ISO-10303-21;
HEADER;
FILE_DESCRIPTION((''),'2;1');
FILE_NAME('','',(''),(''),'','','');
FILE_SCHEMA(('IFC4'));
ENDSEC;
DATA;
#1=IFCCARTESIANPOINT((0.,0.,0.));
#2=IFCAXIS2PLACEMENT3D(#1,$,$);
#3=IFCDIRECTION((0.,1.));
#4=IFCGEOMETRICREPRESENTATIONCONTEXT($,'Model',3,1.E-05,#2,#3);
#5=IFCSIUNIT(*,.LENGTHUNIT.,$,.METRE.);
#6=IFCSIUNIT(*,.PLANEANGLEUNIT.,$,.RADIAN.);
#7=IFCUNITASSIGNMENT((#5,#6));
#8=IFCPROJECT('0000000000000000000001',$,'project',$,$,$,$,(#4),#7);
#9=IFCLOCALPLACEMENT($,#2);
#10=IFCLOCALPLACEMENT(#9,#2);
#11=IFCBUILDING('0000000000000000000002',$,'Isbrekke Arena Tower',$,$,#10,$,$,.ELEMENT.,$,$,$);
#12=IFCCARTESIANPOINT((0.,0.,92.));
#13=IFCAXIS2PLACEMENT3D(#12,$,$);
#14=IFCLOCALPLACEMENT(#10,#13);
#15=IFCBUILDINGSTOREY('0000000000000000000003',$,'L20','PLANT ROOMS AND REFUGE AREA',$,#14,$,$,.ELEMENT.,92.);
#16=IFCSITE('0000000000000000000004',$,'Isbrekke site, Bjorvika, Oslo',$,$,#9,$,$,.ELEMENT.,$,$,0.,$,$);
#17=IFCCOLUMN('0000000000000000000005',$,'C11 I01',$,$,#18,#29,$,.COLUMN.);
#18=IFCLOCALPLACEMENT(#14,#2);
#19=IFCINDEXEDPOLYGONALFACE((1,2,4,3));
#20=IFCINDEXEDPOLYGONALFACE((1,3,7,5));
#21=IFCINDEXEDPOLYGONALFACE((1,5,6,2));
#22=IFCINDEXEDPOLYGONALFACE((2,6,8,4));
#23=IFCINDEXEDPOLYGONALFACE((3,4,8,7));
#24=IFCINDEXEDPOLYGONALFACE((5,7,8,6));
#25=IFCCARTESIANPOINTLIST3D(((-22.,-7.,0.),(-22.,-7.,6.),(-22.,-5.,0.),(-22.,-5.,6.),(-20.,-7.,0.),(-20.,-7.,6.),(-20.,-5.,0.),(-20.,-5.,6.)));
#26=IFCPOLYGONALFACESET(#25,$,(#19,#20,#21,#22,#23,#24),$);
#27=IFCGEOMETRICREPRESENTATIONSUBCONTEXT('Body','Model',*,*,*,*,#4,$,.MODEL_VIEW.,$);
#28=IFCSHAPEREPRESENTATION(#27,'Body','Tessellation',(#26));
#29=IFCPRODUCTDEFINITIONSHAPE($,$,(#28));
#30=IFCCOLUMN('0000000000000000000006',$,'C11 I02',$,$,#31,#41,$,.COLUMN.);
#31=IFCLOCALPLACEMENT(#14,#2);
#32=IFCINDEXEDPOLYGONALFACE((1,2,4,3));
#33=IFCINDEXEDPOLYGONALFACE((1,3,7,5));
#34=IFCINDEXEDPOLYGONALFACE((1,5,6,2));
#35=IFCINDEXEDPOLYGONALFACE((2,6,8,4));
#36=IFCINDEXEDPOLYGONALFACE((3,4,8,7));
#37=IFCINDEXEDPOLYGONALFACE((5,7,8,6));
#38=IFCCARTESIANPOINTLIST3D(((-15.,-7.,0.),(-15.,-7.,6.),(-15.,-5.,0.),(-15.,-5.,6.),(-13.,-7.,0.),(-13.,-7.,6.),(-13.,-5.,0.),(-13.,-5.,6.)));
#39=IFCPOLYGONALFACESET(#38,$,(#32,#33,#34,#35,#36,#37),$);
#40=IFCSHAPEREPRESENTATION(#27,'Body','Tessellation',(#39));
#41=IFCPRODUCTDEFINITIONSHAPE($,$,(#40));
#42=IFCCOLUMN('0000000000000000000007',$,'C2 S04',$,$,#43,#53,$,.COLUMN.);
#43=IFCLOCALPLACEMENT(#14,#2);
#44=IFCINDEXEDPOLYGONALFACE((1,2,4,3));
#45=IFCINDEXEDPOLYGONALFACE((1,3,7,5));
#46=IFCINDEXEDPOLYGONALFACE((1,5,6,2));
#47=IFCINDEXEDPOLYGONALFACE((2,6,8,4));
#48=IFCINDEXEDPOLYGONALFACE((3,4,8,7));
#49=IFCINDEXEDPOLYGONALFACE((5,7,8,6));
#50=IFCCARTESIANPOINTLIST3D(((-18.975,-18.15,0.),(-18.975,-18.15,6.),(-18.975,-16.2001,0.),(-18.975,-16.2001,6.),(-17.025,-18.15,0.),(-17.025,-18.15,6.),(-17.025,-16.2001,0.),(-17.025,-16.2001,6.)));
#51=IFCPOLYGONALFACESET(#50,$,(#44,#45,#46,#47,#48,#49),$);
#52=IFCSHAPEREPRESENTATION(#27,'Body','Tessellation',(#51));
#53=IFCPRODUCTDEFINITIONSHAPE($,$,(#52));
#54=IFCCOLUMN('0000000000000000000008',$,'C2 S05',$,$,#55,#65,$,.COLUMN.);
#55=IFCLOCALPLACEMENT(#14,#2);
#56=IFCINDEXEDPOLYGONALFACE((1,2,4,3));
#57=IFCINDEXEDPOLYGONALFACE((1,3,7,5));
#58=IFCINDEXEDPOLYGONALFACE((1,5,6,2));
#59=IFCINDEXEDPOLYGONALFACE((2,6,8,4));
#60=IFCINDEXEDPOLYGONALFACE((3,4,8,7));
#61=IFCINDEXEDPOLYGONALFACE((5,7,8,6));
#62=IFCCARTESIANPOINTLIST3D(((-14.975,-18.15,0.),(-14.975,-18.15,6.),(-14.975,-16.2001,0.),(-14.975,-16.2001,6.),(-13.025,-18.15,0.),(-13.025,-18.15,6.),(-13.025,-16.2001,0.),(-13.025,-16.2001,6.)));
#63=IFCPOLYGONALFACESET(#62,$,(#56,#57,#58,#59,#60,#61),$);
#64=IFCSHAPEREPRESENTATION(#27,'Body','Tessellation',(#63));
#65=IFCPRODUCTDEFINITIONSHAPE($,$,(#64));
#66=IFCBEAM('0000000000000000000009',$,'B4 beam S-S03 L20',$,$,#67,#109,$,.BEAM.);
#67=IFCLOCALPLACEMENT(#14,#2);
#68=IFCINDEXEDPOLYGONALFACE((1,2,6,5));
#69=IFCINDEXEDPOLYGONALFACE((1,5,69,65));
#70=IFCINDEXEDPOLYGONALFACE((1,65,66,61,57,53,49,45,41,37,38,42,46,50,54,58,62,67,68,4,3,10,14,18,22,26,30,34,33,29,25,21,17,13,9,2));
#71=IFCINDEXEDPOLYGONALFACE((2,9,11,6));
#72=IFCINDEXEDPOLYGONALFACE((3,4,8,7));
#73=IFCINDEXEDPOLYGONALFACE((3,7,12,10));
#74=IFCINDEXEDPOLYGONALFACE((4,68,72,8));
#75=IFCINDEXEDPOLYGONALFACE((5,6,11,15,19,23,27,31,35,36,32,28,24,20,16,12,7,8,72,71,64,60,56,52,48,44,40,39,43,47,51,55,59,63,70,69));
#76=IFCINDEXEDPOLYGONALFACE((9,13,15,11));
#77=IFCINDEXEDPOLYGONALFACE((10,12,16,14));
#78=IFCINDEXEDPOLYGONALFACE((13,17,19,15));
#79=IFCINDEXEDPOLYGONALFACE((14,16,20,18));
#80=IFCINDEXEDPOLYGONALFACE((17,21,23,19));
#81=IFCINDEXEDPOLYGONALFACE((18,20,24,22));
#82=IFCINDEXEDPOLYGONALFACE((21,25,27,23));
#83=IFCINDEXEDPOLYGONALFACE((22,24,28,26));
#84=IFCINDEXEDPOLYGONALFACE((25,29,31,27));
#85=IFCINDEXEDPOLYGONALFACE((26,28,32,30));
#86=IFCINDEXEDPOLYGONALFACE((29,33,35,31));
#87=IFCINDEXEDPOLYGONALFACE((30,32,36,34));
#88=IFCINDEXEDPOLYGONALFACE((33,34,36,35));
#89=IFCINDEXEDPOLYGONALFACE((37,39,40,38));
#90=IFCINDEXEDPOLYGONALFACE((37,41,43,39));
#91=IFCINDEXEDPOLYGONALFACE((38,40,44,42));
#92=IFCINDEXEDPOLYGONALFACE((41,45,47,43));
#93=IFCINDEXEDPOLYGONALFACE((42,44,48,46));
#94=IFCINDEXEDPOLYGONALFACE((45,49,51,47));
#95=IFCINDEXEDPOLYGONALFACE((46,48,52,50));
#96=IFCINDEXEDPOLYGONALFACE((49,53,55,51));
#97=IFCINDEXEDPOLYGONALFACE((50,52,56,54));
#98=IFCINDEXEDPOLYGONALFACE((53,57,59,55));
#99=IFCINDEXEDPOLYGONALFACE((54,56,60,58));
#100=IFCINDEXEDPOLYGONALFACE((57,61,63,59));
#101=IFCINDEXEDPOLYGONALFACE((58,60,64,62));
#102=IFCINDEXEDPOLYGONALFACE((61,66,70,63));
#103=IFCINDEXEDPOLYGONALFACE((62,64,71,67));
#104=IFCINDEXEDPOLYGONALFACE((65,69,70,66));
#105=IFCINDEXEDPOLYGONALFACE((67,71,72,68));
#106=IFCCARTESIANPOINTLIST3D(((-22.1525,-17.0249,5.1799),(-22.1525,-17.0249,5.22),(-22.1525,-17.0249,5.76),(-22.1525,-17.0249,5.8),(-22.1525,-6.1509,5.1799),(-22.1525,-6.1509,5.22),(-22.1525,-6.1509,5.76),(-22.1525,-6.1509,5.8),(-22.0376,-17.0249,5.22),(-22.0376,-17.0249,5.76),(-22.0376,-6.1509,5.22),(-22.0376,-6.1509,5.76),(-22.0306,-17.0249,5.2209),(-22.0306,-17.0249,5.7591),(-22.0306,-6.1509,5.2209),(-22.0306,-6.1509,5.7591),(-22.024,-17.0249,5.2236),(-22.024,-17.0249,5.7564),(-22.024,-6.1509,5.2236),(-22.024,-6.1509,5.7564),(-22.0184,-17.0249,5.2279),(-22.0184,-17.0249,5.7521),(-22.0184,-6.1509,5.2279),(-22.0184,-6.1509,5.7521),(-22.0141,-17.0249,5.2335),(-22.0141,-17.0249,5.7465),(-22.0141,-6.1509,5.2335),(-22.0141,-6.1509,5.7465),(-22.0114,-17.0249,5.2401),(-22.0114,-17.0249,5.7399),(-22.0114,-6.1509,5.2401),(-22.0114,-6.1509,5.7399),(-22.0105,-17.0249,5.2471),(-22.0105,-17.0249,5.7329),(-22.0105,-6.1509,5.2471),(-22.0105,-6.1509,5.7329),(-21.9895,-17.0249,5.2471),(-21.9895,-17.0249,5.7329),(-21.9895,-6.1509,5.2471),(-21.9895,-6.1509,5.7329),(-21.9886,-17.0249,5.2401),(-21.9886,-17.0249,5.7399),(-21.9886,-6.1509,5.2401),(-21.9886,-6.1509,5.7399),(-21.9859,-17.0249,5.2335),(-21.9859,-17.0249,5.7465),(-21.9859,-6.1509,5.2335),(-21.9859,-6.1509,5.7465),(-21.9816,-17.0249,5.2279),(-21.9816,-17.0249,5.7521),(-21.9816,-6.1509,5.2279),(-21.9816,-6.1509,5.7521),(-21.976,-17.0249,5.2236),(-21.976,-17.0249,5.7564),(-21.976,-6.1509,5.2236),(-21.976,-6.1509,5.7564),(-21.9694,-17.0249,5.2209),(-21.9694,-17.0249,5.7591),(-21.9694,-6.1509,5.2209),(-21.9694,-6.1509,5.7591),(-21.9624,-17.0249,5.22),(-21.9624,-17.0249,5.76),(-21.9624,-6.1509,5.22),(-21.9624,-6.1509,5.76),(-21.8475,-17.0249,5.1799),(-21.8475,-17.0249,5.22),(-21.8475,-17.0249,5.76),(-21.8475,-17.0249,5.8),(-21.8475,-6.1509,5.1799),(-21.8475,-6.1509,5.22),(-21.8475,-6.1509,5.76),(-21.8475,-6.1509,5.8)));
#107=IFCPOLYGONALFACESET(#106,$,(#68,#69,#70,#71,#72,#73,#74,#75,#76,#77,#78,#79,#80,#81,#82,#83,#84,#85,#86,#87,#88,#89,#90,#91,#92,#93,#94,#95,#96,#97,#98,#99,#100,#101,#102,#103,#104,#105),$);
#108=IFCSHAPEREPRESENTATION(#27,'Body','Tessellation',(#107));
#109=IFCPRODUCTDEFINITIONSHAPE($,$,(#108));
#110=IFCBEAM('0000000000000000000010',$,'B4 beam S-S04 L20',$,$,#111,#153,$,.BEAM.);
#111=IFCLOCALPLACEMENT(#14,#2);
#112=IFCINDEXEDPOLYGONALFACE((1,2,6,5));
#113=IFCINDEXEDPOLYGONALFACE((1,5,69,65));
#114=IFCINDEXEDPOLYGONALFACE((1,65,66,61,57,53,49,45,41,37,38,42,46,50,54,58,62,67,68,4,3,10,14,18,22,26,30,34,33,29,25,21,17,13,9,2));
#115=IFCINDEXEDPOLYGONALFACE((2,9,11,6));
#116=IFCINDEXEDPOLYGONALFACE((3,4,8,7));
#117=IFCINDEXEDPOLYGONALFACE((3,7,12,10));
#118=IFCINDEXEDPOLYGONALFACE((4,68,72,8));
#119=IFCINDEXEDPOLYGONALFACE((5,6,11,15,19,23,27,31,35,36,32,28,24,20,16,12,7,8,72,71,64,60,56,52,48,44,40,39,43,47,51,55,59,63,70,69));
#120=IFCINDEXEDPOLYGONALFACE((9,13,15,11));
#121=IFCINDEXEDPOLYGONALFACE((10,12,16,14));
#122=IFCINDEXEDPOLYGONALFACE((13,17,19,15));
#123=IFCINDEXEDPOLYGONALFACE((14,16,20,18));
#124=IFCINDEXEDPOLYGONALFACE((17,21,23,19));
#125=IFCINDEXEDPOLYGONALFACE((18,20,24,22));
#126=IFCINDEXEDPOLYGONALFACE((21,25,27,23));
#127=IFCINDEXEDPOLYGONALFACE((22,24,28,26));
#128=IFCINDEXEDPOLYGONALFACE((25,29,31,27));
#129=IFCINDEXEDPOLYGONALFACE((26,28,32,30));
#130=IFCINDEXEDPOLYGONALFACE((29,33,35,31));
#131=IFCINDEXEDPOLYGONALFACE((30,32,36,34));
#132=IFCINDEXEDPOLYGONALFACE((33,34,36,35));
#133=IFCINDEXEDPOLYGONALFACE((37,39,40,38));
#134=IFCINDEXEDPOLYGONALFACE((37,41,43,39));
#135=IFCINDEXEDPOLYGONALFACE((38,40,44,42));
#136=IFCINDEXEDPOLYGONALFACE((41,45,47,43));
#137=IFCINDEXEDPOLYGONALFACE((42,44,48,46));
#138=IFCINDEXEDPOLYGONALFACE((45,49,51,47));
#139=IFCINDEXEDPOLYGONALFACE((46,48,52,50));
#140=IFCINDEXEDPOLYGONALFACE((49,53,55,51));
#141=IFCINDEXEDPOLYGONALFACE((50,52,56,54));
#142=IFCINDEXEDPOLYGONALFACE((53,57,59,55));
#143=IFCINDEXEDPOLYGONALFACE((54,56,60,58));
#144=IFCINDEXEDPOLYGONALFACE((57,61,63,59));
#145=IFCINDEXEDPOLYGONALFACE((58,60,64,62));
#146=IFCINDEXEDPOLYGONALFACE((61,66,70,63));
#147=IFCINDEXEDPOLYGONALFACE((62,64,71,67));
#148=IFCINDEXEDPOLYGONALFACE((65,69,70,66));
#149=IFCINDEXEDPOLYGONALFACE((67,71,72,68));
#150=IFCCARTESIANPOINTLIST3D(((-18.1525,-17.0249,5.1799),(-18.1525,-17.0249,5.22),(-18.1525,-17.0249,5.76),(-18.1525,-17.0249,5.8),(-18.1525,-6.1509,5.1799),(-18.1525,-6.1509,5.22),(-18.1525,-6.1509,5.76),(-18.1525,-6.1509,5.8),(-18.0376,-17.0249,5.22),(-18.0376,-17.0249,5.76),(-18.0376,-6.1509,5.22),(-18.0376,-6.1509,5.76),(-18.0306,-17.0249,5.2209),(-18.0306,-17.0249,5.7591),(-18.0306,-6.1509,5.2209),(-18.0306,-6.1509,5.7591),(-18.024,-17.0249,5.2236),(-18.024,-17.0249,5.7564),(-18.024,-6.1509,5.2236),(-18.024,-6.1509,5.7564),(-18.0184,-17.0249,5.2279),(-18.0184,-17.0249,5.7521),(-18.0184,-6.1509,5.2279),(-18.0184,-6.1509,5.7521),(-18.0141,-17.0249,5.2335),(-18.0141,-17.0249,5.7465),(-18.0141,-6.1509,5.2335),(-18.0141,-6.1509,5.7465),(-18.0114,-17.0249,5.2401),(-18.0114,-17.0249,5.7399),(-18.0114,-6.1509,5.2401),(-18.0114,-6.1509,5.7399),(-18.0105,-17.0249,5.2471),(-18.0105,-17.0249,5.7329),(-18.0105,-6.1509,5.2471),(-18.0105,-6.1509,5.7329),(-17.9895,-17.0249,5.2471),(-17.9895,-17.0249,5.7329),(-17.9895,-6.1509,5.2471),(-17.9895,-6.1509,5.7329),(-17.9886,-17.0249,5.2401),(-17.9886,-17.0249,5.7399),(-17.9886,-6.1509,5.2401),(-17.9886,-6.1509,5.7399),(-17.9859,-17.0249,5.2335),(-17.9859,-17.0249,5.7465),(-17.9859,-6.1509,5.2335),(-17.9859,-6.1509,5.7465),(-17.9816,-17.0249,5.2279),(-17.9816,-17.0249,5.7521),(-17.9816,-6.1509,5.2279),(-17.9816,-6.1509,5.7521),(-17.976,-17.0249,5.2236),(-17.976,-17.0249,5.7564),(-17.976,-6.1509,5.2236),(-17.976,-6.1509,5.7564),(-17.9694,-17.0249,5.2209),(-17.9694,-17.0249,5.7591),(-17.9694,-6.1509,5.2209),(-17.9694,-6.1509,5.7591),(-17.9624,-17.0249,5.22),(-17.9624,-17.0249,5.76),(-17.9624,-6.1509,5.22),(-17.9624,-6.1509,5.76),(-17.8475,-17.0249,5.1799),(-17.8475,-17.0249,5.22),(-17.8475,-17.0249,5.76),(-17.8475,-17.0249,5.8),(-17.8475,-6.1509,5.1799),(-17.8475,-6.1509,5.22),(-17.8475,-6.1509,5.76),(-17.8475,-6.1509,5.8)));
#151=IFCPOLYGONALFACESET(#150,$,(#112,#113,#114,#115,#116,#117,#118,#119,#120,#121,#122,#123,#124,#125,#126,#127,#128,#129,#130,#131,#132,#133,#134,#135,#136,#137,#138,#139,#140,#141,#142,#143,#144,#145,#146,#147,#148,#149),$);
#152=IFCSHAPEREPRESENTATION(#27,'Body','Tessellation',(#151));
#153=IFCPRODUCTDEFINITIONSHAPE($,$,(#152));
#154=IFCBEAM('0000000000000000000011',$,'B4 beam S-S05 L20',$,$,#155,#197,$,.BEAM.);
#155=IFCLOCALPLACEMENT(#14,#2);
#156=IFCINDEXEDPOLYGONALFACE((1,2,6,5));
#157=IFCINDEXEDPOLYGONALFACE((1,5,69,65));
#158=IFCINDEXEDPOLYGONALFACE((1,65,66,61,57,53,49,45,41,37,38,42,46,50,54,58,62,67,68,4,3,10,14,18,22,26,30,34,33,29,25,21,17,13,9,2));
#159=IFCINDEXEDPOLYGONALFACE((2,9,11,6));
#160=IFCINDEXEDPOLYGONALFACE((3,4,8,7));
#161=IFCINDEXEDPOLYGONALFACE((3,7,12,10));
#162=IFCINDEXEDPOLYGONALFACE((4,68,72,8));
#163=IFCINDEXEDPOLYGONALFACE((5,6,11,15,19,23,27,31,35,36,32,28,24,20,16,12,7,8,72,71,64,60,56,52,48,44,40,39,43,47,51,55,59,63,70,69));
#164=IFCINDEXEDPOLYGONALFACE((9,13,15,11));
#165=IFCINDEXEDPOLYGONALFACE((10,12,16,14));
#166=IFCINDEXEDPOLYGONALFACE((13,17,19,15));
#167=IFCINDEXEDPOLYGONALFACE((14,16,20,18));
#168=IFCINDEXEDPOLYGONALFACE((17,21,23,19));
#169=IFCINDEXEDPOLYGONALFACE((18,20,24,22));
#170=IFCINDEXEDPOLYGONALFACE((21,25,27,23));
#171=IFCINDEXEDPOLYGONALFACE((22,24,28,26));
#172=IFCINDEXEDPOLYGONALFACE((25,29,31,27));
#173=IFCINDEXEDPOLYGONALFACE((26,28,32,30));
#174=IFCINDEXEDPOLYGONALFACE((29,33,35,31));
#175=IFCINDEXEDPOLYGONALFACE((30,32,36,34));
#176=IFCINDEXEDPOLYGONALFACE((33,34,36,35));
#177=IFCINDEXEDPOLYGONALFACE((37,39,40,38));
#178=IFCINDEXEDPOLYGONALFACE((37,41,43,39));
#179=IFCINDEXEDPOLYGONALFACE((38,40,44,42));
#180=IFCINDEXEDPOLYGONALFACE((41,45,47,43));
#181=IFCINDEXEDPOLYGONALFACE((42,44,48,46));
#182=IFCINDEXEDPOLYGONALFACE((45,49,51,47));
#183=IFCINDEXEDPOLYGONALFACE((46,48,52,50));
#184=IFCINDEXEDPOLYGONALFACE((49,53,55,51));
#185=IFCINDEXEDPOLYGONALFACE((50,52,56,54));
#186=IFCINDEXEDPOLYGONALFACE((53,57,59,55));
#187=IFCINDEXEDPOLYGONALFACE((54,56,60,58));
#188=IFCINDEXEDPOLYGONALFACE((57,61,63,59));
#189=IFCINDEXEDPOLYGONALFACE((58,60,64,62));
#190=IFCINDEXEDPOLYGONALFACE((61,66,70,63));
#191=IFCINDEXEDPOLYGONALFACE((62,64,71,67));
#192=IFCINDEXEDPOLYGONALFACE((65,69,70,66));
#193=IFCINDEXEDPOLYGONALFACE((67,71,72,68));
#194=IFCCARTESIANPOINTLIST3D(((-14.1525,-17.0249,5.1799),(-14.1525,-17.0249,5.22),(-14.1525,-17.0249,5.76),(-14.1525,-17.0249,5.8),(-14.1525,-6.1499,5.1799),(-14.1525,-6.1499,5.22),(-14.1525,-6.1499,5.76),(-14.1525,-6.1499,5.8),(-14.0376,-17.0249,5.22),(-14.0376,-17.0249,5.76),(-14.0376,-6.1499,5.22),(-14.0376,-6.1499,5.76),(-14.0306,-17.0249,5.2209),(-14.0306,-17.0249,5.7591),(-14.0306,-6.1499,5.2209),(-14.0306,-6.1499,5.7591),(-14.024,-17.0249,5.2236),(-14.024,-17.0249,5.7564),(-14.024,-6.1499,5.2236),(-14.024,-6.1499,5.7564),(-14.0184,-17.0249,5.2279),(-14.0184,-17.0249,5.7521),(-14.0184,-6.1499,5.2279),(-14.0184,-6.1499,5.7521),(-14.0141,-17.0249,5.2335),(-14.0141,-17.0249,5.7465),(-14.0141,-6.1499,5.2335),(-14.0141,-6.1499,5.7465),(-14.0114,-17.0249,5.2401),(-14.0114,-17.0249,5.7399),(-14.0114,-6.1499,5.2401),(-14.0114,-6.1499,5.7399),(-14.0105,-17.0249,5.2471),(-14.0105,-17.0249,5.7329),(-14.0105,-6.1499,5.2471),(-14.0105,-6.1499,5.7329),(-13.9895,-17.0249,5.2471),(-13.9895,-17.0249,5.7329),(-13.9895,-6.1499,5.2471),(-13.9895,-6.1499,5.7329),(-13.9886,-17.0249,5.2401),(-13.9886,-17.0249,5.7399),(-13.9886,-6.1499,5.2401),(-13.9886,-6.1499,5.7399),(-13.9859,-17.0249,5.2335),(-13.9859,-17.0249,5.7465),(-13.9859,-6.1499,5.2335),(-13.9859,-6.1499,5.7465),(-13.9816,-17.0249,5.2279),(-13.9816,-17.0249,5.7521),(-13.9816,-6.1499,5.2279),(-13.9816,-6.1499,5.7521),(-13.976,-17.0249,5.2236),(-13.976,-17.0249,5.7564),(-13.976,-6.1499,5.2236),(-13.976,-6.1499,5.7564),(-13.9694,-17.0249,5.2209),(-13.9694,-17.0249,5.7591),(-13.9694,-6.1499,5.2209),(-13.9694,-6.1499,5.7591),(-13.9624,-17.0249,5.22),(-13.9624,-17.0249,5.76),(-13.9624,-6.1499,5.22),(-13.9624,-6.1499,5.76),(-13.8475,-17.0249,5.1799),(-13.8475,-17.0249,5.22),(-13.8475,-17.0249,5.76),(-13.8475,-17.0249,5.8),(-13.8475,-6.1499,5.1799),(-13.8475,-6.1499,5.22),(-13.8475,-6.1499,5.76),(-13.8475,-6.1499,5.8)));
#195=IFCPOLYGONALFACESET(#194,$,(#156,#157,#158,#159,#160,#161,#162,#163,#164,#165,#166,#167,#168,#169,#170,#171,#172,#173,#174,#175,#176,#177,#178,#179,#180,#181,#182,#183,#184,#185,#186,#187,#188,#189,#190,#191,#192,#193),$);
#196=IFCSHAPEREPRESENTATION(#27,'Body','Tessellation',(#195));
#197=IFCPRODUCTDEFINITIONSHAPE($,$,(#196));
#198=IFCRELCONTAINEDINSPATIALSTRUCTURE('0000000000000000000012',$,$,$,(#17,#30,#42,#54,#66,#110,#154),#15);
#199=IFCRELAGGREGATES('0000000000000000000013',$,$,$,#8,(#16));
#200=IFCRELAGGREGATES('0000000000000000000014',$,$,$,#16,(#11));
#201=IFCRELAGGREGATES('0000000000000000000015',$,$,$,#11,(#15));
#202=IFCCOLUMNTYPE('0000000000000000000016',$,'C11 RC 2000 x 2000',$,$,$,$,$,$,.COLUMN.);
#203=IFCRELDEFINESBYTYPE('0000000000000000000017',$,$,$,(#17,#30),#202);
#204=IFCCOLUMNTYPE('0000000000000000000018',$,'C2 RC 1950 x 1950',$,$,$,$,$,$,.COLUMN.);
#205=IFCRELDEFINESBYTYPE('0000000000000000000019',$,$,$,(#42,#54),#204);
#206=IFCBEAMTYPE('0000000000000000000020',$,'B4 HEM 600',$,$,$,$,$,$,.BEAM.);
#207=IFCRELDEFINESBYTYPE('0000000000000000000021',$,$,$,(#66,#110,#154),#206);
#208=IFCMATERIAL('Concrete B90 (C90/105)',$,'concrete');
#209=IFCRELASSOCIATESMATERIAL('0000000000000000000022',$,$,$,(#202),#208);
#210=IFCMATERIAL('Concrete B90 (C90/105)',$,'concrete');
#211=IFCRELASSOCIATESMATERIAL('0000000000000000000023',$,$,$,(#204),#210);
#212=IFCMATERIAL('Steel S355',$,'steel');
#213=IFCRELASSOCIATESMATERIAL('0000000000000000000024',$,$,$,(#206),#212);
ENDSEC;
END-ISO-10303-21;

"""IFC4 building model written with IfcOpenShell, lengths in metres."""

from ifc_helpers import new_model, si_unit, direction, frame, origin, origin_2d, place, context, subcontext, project, spatial, rectangle, i_section, extrude, material, material_profile, profile_set, type_object, element, save


model = new_model("IFC4")

# Units and contexts
model_context = context("Model", 3, precision=1e-05, world=origin(), true_north=direction((0.0, 1.0)))
body_context = subcontext(model_context, "Body", "Model", "MODEL_VIEW")
ifc_project = project(units=[si_unit("LENGTHUNIT", "METRE"), si_unit("PLANEANGLEUNIT", "RADIAN")], contexts=[model_context])

# Site, building, storey
site_placement = place(None, origin())
site = spatial("IfcSite", under=ifc_project, at=site_placement, Name="Isbrekke site, Bjorvika, Oslo", CompositionType="ELEMENT", RefElevation=0.0)
building_placement = place(site_placement, origin())
building = spatial("IfcBuilding", under=site, at=building_placement, Name="Isbrekke Arena Tower", CompositionType="ELEMENT")
storey_placement = place(building_placement, frame((0.0, 0.0, 92.0)))
storey = spatial("IfcBuildingStorey", under=building, at=storey_placement, Name="L20", Description="PLANT ROOMS AND REFUGE AREA", CompositionType="ELEMENT", Elevation=92.0)

# Columns
ifc_material_1 = material(Name="Concrete B90 (C90/105)", Category="concrete")
ifc_material_profile_1 = material_profile(ifc_material_1, rectangle(XDim=2.0, YDim=2.0, at=origin_2d()), Name="RC 2000x2000")
ifc_profile_set_1 = profile_set([ifc_material_profile_1], Name="Concrete B90 (C90/105)")
column_type_1 = type_object("IfcColumnType", Name="C11 RC 2000 x 2000", PredefinedType="COLUMN", material=ifc_profile_set_1)
for number, where, z_axis, x_axis, name in (
    (1, (-21.0, -6.0, 0.0), (0.0, 0.0, 1.0), (1.0, 0.0, 0.0), "C11 I01"),
    (2, (-14.0, -6.0, 0.0), (0.0, 0.0, 1.0), (1.0, 0.0, 0.0), "C11 I02"),
):
    element("IfcColumn", number, at=place(storey_placement, frame(where, z_axis=z_axis, x_axis=x_axis)), inside=storey, type_object=column_type_1, Name=name, PredefinedType="COLUMN", context=body_context, shape_type="SweptSolid", body=[
        extrude(rectangle(XDim=2.0, YDim=2.0, at=origin_2d()), origin(), (0.0, 0.0, 1.0), 6.0),
    ])
ifc_material_2 = material(Name="Concrete B90 (C90/105)", Category="concrete")
ifc_material_profile_2 = material_profile(ifc_material_2, rectangle(XDim=1.95, YDim=1.95, at=origin_2d()), Name="RC 1950x1950")
ifc_profile_set_2 = profile_set([ifc_material_profile_2], Name="Concrete B90 (C90/105)")
column_type_2 = type_object("IfcColumnType", Name="C2 RC 1950 x 1950", PredefinedType="COLUMN", material=ifc_profile_set_2)
for number, where, z_axis, x_axis, name in (
    (3, (-18.0, -17.175, 0.0), (0.0, 0.0, 1.0), (1.0, 0.0, 0.0), "C2 S04"),
    (4, (-14.0, -17.175, 0.0), (0.0, 0.0, 1.0), (1.0, 0.0, 0.0), "C2 S05"),
):
    element("IfcColumn", number, at=place(storey_placement, frame(where, z_axis=z_axis, x_axis=x_axis)), inside=storey, type_object=column_type_2, Name=name, PredefinedType="COLUMN", context=body_context, shape_type="SweptSolid", body=[
        extrude(rectangle(XDim=1.95, YDim=1.95, at=origin_2d()), origin(), (0.0, 0.0, 1.0), 6.0),
    ])

# Beams
ifc_material_3 = material(Name="Steel S355", Category="steel")
ifc_material_profile_3 = material_profile(ifc_material_3, i_section(OverallWidth=0.3049, OverallDepth=0.6201, WebThickness=0.021, FlangeThickness=0.04, FilletRadius=0.0271, at=origin_2d()), Name="HEM 600")
ifc_profile_set_3 = profile_set([ifc_material_profile_3], Name="Steel S355")
beam_type_1 = type_object("IfcBeamType", Name="B4 HEM 600", PredefinedType="BEAM", material=ifc_profile_set_3)
for number, where, z_axis, x_axis, name in (
    (5, (-22.0, -17.0249, 5.49), (0.0, 1.0, 0.0), (-1.0, 0.0, 0.0), "B4 beam S-S03 L20"),
    (6, (-18.0, -17.0249, 5.49), (0.0, 1.0, 0.0), (-1.0, 0.0, 0.0), "B4 beam S-S04 L20"),
):
    element("IfcBeam", number, at=place(storey_placement, frame(where, z_axis=z_axis, x_axis=x_axis)), inside=storey, type_object=beam_type_1, Name=name, PredefinedType="BEAM", context=body_context, shape_type="SweptSolid", body=[
        extrude(i_section(OverallWidth=0.3049, OverallDepth=0.6201, WebThickness=0.021, FlangeThickness=0.04, FilletRadius=0.0271, at=origin_2d()), origin(), (0.0, 0.0, 1.0), 10.874),
    ])
beam_1_placement = place(storey_placement, frame((-14.0, -17.0249, 5.49), z_axis=(0.0, 1.0, 0.0), x_axis=(-1.0, 0.0, 0.0)))
element("IfcBeam", 7, at=beam_1_placement, inside=storey, type_object=beam_type_1, Name="B4 beam S-S05 L20", PredefinedType="BEAM", context=body_context, shape_type="SweptSolid", body=[
    extrude(i_section(OverallWidth=0.3049, OverallDepth=0.6201, WebThickness=0.021, FlangeThickness=0.04, FilletRadius=0.0271, at=origin_2d()), origin(), (0.0, 0.0, 1.0), 10.875),
])

save(model, "model.ifc")
